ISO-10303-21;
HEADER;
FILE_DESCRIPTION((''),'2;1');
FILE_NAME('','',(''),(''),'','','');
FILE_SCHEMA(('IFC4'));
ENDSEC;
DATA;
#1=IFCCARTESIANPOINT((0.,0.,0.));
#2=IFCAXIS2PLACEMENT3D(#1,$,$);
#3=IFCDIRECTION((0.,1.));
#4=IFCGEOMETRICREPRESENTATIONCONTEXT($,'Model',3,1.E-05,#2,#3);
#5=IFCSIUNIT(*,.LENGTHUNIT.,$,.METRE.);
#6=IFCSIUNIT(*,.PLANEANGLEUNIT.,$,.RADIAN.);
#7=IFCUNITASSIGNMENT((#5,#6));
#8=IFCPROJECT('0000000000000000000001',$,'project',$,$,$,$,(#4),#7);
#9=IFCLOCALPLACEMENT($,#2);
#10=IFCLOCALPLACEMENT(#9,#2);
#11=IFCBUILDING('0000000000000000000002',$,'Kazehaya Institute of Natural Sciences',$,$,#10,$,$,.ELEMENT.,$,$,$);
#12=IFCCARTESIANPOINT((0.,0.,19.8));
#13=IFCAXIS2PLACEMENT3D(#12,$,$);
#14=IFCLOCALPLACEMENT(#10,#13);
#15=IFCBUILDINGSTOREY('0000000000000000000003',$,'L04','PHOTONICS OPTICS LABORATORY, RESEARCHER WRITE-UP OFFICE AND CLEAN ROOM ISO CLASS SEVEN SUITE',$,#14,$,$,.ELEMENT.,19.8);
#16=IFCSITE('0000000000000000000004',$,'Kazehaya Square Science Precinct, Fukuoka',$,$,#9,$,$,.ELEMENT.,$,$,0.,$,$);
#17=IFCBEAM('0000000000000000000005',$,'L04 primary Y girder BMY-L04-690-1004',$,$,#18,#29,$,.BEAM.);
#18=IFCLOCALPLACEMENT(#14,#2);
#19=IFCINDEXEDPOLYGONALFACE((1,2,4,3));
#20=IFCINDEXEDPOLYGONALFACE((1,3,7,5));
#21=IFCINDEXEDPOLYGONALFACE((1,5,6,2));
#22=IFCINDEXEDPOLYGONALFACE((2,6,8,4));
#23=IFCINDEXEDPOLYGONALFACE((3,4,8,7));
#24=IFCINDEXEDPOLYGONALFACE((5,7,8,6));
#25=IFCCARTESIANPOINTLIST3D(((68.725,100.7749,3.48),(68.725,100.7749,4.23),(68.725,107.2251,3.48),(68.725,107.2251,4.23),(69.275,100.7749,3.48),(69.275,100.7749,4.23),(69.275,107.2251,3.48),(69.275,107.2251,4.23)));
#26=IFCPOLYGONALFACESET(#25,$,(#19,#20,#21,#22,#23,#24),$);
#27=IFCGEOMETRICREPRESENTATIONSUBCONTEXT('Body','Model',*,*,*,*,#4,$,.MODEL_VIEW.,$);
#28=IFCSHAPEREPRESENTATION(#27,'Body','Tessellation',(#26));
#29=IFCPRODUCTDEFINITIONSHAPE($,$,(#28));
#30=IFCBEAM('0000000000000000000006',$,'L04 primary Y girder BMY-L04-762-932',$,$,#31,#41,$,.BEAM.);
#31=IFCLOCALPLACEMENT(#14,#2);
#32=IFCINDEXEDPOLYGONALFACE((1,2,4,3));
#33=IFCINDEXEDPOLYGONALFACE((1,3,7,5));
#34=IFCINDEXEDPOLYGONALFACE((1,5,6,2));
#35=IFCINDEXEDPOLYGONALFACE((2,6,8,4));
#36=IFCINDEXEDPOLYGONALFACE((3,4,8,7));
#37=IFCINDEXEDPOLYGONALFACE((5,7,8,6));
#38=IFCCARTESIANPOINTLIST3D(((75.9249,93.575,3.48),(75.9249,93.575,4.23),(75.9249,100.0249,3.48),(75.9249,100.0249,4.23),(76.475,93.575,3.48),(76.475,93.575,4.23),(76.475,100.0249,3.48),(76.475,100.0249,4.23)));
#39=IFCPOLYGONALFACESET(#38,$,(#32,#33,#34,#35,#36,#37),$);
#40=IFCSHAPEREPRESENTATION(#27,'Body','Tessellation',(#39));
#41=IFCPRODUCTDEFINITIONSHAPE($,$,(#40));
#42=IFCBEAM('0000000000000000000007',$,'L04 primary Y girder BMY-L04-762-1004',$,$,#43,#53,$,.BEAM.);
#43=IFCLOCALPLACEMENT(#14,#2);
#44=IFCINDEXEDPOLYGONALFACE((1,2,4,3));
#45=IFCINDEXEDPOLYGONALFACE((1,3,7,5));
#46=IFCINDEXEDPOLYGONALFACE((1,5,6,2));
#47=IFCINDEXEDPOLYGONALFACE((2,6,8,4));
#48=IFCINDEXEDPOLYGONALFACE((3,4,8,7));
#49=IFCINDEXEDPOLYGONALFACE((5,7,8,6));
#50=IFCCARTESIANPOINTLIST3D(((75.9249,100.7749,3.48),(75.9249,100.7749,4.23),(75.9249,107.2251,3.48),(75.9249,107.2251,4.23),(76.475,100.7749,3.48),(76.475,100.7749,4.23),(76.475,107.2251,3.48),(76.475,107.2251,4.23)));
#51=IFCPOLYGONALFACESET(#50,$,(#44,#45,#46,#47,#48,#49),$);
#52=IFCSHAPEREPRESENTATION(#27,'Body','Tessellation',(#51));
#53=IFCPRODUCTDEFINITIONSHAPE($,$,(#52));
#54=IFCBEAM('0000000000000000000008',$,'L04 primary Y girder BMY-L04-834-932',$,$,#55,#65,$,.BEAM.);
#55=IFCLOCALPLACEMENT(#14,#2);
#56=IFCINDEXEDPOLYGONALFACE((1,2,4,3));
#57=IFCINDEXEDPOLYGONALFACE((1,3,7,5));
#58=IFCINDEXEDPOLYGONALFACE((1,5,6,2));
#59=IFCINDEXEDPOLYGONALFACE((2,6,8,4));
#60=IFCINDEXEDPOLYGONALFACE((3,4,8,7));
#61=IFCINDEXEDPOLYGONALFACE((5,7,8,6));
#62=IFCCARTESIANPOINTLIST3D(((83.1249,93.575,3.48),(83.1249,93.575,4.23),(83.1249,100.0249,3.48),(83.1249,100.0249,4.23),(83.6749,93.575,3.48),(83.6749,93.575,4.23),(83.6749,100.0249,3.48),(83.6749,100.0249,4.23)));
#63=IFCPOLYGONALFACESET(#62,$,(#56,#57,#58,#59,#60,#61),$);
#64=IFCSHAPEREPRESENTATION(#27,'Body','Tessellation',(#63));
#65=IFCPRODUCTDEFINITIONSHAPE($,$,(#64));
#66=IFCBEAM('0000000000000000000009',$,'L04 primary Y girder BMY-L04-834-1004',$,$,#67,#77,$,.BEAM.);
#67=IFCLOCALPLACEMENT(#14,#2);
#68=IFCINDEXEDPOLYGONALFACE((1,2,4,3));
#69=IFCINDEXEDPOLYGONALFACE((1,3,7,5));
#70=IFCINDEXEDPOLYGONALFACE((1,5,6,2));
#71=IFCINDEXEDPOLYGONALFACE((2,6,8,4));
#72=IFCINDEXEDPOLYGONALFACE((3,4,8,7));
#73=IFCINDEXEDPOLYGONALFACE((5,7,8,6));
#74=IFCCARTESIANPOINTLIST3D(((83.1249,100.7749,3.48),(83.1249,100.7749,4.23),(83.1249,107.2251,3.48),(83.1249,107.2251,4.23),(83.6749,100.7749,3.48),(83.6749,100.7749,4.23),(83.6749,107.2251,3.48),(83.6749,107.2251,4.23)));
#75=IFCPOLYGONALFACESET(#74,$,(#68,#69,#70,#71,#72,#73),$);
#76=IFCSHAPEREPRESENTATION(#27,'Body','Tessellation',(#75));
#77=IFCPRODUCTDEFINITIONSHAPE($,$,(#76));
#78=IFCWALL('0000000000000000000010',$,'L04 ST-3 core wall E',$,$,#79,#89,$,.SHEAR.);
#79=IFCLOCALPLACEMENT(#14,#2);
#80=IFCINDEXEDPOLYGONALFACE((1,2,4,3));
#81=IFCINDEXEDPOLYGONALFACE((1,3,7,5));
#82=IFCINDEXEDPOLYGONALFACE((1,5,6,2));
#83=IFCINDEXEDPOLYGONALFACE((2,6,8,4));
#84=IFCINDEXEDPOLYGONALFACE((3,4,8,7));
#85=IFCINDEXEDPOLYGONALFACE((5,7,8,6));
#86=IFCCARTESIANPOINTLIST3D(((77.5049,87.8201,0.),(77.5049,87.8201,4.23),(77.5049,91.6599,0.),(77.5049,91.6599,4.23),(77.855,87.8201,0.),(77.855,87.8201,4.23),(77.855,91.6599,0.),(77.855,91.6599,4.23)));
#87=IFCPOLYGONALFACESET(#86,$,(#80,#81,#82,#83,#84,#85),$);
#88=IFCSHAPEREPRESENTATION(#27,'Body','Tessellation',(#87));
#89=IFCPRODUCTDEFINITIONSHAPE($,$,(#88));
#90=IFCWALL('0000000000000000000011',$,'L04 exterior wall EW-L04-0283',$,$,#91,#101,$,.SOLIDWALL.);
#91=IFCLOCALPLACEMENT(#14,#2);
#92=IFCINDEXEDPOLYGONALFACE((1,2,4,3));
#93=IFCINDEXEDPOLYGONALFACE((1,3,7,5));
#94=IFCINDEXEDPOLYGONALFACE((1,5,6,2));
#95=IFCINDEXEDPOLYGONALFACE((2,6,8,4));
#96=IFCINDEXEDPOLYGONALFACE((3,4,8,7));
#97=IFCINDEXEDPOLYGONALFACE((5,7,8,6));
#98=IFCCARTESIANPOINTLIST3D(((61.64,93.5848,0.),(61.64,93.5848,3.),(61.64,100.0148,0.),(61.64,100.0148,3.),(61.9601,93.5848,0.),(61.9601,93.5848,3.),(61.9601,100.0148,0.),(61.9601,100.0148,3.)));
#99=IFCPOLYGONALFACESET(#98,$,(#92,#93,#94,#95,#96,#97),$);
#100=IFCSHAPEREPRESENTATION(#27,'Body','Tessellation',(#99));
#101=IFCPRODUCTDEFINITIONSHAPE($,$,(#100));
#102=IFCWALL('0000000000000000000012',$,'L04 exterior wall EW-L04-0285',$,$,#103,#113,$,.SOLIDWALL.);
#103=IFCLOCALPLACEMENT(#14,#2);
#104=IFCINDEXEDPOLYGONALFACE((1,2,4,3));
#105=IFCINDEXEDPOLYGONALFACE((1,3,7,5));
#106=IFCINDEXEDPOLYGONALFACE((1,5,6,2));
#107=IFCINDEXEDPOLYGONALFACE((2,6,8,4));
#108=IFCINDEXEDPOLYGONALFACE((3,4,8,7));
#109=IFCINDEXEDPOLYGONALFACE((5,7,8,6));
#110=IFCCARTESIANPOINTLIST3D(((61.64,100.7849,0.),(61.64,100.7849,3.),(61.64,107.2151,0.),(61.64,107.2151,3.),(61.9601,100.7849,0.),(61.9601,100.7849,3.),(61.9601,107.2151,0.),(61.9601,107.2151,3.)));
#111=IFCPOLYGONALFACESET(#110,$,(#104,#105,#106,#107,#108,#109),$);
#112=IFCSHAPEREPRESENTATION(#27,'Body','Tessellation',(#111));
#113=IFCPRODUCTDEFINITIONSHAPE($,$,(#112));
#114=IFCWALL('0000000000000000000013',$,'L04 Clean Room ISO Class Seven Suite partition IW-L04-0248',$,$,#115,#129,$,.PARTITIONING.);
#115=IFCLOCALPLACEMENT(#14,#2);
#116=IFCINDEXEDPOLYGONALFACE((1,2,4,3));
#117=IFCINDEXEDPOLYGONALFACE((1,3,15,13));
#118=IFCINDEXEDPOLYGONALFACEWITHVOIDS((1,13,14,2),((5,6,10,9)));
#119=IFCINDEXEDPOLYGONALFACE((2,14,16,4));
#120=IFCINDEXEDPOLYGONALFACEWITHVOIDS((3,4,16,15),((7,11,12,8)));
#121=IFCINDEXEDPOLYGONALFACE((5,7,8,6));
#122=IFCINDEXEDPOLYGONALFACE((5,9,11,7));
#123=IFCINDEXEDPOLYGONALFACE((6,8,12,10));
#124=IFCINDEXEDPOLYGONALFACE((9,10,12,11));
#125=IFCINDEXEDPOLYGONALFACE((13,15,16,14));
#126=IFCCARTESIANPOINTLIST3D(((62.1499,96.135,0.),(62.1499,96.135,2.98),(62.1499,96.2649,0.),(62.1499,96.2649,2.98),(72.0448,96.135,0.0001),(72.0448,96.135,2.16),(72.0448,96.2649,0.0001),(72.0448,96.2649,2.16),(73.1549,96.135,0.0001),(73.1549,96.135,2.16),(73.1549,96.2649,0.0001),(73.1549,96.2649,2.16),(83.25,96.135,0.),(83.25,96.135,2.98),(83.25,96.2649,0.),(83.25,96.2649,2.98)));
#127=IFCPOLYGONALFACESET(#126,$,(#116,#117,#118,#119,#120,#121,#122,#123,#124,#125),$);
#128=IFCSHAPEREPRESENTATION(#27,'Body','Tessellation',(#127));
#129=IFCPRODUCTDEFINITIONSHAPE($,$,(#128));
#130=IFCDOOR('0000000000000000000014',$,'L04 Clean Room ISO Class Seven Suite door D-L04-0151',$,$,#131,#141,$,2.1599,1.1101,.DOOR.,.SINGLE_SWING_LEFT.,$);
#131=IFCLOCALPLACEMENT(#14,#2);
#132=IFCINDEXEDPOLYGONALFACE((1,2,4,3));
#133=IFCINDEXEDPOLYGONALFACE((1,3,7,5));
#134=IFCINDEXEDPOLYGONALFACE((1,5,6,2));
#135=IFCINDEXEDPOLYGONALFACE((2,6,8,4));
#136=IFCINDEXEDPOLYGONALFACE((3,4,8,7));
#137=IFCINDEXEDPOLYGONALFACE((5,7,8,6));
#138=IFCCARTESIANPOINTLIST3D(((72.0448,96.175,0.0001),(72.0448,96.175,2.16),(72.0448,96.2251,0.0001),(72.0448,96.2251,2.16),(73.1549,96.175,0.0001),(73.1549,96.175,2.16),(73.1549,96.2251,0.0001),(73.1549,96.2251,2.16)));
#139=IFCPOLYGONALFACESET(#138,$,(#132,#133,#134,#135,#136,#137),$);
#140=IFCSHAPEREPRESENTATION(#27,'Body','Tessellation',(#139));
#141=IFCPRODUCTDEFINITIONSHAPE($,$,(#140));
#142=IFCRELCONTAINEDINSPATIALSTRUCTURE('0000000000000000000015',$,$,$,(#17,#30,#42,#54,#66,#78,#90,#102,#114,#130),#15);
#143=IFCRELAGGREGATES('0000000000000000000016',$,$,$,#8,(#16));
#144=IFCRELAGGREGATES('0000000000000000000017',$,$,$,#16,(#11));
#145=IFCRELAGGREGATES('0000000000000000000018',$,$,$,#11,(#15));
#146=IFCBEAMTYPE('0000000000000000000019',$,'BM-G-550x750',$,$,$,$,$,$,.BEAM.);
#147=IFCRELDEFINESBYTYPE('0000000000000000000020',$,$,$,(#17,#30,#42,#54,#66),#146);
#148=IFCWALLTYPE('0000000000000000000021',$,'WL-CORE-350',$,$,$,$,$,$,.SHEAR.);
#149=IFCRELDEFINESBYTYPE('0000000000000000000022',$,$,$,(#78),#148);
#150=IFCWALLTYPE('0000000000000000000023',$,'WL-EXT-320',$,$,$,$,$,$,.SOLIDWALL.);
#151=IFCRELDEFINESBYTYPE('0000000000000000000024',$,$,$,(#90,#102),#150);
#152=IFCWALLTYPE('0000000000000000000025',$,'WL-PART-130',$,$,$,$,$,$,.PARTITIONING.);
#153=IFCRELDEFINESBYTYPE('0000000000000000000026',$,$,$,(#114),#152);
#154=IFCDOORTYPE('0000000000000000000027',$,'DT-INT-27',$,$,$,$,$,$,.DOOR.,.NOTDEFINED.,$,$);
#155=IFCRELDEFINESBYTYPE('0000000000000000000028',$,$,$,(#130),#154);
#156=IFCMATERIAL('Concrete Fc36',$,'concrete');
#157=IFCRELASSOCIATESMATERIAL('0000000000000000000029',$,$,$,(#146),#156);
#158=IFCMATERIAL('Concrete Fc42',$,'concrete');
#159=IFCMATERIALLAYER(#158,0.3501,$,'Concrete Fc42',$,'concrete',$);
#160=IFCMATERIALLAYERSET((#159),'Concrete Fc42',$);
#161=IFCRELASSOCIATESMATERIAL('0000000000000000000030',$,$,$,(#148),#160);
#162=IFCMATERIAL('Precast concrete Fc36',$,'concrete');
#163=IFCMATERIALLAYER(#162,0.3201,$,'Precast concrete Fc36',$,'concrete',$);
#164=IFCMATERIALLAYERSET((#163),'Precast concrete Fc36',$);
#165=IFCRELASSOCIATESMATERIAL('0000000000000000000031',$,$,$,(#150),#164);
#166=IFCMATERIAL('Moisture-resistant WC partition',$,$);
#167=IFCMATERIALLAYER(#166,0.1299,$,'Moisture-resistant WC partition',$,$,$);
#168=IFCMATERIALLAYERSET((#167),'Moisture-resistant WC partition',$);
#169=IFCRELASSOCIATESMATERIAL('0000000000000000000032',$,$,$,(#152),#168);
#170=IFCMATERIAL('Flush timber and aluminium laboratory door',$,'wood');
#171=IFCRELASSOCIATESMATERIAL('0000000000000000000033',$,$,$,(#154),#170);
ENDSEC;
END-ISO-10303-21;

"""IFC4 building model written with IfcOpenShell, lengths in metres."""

from ifc_helpers import new_model, si_unit, direction, frame, frame_2d, origin, origin_2d, place, context, subcontext, project, spatial, rectangle, extrude, material, layer, layer_set, material_profile, profile_set, type_object, element, fill, save


model = new_model("IFC4")

# Units and contexts
model_context = context("Model", 3, precision=1e-05, world=origin(), true_north=direction((0.0, 1.0)))
body_context = subcontext(model_context, "Body", "Model", "MODEL_VIEW")
ifc_project = project(units=[si_unit("LENGTHUNIT", "METRE"), si_unit("PLANEANGLEUNIT", "RADIAN")], contexts=[model_context])

# Site, building, storey
site_placement = place(None, origin())
site = spatial("IfcSite", under=ifc_project, at=site_placement, Name="Kazehaya Square Science Precinct, Fukuoka", CompositionType="ELEMENT", RefElevation=0.0)
building_placement = place(site_placement, origin())
building = spatial("IfcBuilding", under=site, at=building_placement, Name="Kazehaya Institute of Natural Sciences", CompositionType="ELEMENT")
storey_placement = place(building_placement, frame((0.0, 0.0, 19.8)))
storey = spatial("IfcBuildingStorey", under=building, at=storey_placement, Name="L04", Description="PHOTONICS OPTICS LABORATORY, RESEARCHER WRITE-UP OFFICE AND CLEAN ROOM ISO CLASS SEVEN SUITE", CompositionType="ELEMENT", Elevation=19.8)

# Shared definitions
ifc_material_1 = material(Name="Concrete Fc42", Category="concrete")

# Beams
ifc_material_2 = material(Name="Concrete Fc36", Category="concrete")
ifc_material_profile_1 = material_profile(ifc_material_2, rectangle(XDim=0.55, YDim=0.75, at=origin_2d()), Name="RC-550x750")
ifc_profile_set_1 = profile_set([ifc_material_profile_1], Name="Concrete Fc36")
beam_type = type_object("IfcBeamType", Name="BM-G-550x750", PredefinedType="BEAM", material=ifc_profile_set_1)
beam_1_placement = place(storey_placement, frame((69.0, 100.7749, 3.855), z_axis=(0.0, 1.0, 0.0), x_axis=(-1.0, 0.0, 0.0)))
element("IfcBeam", 1, at=beam_1_placement, inside=storey, type_object=beam_type, Name="L04 primary Y girder BMY-L04-690-1004", PredefinedType="BEAM", context=body_context, shape_type="SweptSolid", body=[
    extrude(rectangle(XDim=0.55, YDim=0.75, at=origin_2d()), origin(), (0.0, 0.0, 1.0), 6.4502),
])
beam_2_placement = place(storey_placement, frame((76.2, 93.575, 3.855), z_axis=(0.0, 1.0, 0.0), x_axis=(-1.0, 0.0, 0.0)))
element("IfcBeam", 2, at=beam_2_placement, inside=storey, type_object=beam_type, Name="L04 primary Y girder BMY-L04-762-932", PredefinedType="BEAM", context=body_context, shape_type="SweptSolid", body=[
    extrude(rectangle(XDim=0.55, YDim=0.75, at=origin_2d()), origin(), (0.0, 0.0, 1.0), 6.45),
])
beam_3_placement = place(storey_placement, frame((76.2, 100.7749, 3.855), z_axis=(0.0, 1.0, 0.0), x_axis=(-1.0, 0.0, 0.0)))
element("IfcBeam", 3, at=beam_3_placement, inside=storey, type_object=beam_type, Name="L04 primary Y girder BMY-L04-762-1004", PredefinedType="BEAM", context=body_context, shape_type="SweptSolid", body=[
    extrude(rectangle(XDim=0.55, YDim=0.75, at=origin_2d()), origin(), (0.0, 0.0, 1.0), 6.4502),
])
beam_4_placement = place(storey_placement, frame((83.3999, 93.575, 3.855), z_axis=(0.0, 1.0, 0.0), x_axis=(-1.0, 0.0, 0.0)))
element("IfcBeam", 4, at=beam_4_placement, inside=storey, type_object=beam_type, Name="L04 primary Y girder BMY-L04-834-932", PredefinedType="BEAM", context=body_context, shape_type="SweptSolid", body=[
    extrude(rectangle(XDim=0.55, YDim=0.75, at=origin_2d()), origin(), (0.0, 0.0, 1.0), 6.45),
])
beam_5_placement = place(storey_placement, frame((83.3999, 100.7749, 3.855), z_axis=(0.0, 1.0, 0.0), x_axis=(-1.0, 0.0, 0.0)))
element("IfcBeam", 5, at=beam_5_placement, inside=storey, type_object=beam_type, Name="L04 primary Y girder BMY-L04-834-1004", PredefinedType="BEAM", context=body_context, shape_type="SweptSolid", body=[
    extrude(rectangle(XDim=0.55, YDim=0.75, at=origin_2d()), origin(), (0.0, 0.0, 1.0), 6.4502),
])

# Walls
ifc_layer_1 = layer(ifc_material_1, 0.3501, Name="Concrete Fc42", Category="concrete")
ifc_layer_set_1 = layer_set([ifc_layer_1], Name="Concrete Fc42")
wall_type_1 = type_object("IfcWallType", Name="WL-CORE-350", PredefinedType="SHEAR", material=ifc_layer_set_1)
wall_1_placement = place(storey_placement, frame((77.6799, 91.6599, 0.0), z_axis=(0.0, 0.0, 1.0), x_axis=(0.0, -1.0, 0.0)))
element("IfcWall", 6, at=wall_1_placement, inside=storey, type_object=wall_type_1, Name="L04 ST-3 core wall E", PredefinedType="SHEAR", context=body_context, shape_type="SweptSolid", body=[
    extrude(rectangle(XDim=3.8398, YDim=0.3501, at=frame_2d((1.9199, 0.0))), origin(), (0.0, 0.0, 1.0), 4.23),
])
ifc_material_3 = material(Name="Precast concrete Fc36", Category="concrete")
ifc_layer_2 = layer(ifc_material_3, 0.3201, Name="Precast concrete Fc36", Category="concrete")
ifc_layer_set_2 = layer_set([ifc_layer_2], Name="Precast concrete Fc36")
wall_type_2 = type_object("IfcWallType", Name="WL-EXT-320", PredefinedType="SOLIDWALL", material=ifc_layer_set_2)
wall_2_placement = place(storey_placement, frame((61.8, 93.585, 0.0), z_axis=(0.0, 0.0, 1.0), x_axis=(0.0, 1.0, 0.0)))
element("IfcWall", 7, at=wall_2_placement, inside=storey, type_object=wall_type_2, Name="L04 exterior wall EW-L04-0283", PredefinedType="SOLIDWALL", context=body_context, shape_type="SweptSolid", body=[
    extrude(rectangle(XDim=6.4299, YDim=0.3201, at=frame_2d((3.2148, 0.0))), origin(), (0.0, 0.0, 1.0), 3.0),
])
wall_3_placement = place(storey_placement, frame((61.8, 100.7849, 0.0), z_axis=(0.0, 0.0, 1.0), x_axis=(0.0, 1.0, 0.0)))
element("IfcWall", 8, at=wall_3_placement, inside=storey, type_object=wall_type_2, Name="L04 exterior wall EW-L04-0285", PredefinedType="SOLIDWALL", context=body_context, shape_type="SweptSolid", body=[
    extrude(rectangle(XDim=6.4302, YDim=0.3201, at=frame_2d((3.2151, 0.0))), origin(), (0.0, 0.0, 1.0), 3.0),
])

# Wall, opening, door
ifc_material_4 = material(Name="Moisture-resistant WC partition")
ifc_layer_3 = layer(ifc_material_4, 0.1299, Name="Moisture-resistant WC partition")
ifc_layer_set_3 = layer_set([ifc_layer_3], Name="Moisture-resistant WC partition")
wall_type_3 = type_object("IfcWallType", Name="WL-PART-130", PredefinedType="PARTITIONING", material=ifc_layer_set_3)
wall_4_placement = place(storey_placement, frame((83.25, 96.2, 0.0), z_axis=(0.0, 0.0, 1.0), x_axis=(-1.0, 0.0, 0.0)))
wall_4 = element("IfcWall", 9, at=wall_4_placement, inside=storey, type_object=wall_type_3, Name="L04 Clean Room ISO Class Seven Suite partition IW-L04-0248", PredefinedType="PARTITIONING", context=body_context, shape_type="SweptSolid", body=[
    extrude(rectangle(XDim=21.1001, YDim=0.1299, at=frame_2d((10.55, 0.0))), origin(), (0.0, 0.0, 1.0), 2.98),
])
opening_placement = place(wall_4_placement, frame((10.095, 0.0, 0.0)))
opening = element("IfcOpeningElement", 10, at=opening_placement, cuts=wall_4, PredefinedType="OPENING", context=body_context, shape_type="SweptSolid", body=[
    extrude(rectangle(XDim=1.1101, YDim=2.1599, at=frame_2d((0.5552, 1.0801))), frame((0.0, 0.075, 0.0), z_axis=(0.0, -1.0, 0.0), x_axis=(1.0, 0.0, 0.0)), (0.0, 0.0, 1.0), 0.1499),
])
ifc_material_5 = material(Name="Flush timber and aluminium laboratory door", Category="wood")
door_type = type_object("IfcDoorType", Name="DT-INT-27", OperationType="NOTDEFINED", PredefinedType="DOOR", material=ifc_material_5)
door_placement = place(opening_placement, origin())
door = element("IfcDoor", 11, at=door_placement, inside=storey, type_object=door_type, Name="L04 Clean Room ISO Class Seven Suite door D-L04-0151", OperationType="SINGLE_SWING_LEFT", OverallHeight=2.1599, OverallWidth=1.1101, PredefinedType="DOOR", context=body_context, shape_type="SweptSolid", body=[
    extrude(rectangle(XDim=1.1101, YDim=2.1599, at=frame_2d((0.5552, 1.0801))), frame((0.0, 0.0249, 0.0), z_axis=(0.0, -1.0, 0.0), x_axis=(1.0, 0.0, 0.0)), (0.0, 0.0, 1.0), 0.05),
])
fill(opening, door)

save(model, "model.ifc")
